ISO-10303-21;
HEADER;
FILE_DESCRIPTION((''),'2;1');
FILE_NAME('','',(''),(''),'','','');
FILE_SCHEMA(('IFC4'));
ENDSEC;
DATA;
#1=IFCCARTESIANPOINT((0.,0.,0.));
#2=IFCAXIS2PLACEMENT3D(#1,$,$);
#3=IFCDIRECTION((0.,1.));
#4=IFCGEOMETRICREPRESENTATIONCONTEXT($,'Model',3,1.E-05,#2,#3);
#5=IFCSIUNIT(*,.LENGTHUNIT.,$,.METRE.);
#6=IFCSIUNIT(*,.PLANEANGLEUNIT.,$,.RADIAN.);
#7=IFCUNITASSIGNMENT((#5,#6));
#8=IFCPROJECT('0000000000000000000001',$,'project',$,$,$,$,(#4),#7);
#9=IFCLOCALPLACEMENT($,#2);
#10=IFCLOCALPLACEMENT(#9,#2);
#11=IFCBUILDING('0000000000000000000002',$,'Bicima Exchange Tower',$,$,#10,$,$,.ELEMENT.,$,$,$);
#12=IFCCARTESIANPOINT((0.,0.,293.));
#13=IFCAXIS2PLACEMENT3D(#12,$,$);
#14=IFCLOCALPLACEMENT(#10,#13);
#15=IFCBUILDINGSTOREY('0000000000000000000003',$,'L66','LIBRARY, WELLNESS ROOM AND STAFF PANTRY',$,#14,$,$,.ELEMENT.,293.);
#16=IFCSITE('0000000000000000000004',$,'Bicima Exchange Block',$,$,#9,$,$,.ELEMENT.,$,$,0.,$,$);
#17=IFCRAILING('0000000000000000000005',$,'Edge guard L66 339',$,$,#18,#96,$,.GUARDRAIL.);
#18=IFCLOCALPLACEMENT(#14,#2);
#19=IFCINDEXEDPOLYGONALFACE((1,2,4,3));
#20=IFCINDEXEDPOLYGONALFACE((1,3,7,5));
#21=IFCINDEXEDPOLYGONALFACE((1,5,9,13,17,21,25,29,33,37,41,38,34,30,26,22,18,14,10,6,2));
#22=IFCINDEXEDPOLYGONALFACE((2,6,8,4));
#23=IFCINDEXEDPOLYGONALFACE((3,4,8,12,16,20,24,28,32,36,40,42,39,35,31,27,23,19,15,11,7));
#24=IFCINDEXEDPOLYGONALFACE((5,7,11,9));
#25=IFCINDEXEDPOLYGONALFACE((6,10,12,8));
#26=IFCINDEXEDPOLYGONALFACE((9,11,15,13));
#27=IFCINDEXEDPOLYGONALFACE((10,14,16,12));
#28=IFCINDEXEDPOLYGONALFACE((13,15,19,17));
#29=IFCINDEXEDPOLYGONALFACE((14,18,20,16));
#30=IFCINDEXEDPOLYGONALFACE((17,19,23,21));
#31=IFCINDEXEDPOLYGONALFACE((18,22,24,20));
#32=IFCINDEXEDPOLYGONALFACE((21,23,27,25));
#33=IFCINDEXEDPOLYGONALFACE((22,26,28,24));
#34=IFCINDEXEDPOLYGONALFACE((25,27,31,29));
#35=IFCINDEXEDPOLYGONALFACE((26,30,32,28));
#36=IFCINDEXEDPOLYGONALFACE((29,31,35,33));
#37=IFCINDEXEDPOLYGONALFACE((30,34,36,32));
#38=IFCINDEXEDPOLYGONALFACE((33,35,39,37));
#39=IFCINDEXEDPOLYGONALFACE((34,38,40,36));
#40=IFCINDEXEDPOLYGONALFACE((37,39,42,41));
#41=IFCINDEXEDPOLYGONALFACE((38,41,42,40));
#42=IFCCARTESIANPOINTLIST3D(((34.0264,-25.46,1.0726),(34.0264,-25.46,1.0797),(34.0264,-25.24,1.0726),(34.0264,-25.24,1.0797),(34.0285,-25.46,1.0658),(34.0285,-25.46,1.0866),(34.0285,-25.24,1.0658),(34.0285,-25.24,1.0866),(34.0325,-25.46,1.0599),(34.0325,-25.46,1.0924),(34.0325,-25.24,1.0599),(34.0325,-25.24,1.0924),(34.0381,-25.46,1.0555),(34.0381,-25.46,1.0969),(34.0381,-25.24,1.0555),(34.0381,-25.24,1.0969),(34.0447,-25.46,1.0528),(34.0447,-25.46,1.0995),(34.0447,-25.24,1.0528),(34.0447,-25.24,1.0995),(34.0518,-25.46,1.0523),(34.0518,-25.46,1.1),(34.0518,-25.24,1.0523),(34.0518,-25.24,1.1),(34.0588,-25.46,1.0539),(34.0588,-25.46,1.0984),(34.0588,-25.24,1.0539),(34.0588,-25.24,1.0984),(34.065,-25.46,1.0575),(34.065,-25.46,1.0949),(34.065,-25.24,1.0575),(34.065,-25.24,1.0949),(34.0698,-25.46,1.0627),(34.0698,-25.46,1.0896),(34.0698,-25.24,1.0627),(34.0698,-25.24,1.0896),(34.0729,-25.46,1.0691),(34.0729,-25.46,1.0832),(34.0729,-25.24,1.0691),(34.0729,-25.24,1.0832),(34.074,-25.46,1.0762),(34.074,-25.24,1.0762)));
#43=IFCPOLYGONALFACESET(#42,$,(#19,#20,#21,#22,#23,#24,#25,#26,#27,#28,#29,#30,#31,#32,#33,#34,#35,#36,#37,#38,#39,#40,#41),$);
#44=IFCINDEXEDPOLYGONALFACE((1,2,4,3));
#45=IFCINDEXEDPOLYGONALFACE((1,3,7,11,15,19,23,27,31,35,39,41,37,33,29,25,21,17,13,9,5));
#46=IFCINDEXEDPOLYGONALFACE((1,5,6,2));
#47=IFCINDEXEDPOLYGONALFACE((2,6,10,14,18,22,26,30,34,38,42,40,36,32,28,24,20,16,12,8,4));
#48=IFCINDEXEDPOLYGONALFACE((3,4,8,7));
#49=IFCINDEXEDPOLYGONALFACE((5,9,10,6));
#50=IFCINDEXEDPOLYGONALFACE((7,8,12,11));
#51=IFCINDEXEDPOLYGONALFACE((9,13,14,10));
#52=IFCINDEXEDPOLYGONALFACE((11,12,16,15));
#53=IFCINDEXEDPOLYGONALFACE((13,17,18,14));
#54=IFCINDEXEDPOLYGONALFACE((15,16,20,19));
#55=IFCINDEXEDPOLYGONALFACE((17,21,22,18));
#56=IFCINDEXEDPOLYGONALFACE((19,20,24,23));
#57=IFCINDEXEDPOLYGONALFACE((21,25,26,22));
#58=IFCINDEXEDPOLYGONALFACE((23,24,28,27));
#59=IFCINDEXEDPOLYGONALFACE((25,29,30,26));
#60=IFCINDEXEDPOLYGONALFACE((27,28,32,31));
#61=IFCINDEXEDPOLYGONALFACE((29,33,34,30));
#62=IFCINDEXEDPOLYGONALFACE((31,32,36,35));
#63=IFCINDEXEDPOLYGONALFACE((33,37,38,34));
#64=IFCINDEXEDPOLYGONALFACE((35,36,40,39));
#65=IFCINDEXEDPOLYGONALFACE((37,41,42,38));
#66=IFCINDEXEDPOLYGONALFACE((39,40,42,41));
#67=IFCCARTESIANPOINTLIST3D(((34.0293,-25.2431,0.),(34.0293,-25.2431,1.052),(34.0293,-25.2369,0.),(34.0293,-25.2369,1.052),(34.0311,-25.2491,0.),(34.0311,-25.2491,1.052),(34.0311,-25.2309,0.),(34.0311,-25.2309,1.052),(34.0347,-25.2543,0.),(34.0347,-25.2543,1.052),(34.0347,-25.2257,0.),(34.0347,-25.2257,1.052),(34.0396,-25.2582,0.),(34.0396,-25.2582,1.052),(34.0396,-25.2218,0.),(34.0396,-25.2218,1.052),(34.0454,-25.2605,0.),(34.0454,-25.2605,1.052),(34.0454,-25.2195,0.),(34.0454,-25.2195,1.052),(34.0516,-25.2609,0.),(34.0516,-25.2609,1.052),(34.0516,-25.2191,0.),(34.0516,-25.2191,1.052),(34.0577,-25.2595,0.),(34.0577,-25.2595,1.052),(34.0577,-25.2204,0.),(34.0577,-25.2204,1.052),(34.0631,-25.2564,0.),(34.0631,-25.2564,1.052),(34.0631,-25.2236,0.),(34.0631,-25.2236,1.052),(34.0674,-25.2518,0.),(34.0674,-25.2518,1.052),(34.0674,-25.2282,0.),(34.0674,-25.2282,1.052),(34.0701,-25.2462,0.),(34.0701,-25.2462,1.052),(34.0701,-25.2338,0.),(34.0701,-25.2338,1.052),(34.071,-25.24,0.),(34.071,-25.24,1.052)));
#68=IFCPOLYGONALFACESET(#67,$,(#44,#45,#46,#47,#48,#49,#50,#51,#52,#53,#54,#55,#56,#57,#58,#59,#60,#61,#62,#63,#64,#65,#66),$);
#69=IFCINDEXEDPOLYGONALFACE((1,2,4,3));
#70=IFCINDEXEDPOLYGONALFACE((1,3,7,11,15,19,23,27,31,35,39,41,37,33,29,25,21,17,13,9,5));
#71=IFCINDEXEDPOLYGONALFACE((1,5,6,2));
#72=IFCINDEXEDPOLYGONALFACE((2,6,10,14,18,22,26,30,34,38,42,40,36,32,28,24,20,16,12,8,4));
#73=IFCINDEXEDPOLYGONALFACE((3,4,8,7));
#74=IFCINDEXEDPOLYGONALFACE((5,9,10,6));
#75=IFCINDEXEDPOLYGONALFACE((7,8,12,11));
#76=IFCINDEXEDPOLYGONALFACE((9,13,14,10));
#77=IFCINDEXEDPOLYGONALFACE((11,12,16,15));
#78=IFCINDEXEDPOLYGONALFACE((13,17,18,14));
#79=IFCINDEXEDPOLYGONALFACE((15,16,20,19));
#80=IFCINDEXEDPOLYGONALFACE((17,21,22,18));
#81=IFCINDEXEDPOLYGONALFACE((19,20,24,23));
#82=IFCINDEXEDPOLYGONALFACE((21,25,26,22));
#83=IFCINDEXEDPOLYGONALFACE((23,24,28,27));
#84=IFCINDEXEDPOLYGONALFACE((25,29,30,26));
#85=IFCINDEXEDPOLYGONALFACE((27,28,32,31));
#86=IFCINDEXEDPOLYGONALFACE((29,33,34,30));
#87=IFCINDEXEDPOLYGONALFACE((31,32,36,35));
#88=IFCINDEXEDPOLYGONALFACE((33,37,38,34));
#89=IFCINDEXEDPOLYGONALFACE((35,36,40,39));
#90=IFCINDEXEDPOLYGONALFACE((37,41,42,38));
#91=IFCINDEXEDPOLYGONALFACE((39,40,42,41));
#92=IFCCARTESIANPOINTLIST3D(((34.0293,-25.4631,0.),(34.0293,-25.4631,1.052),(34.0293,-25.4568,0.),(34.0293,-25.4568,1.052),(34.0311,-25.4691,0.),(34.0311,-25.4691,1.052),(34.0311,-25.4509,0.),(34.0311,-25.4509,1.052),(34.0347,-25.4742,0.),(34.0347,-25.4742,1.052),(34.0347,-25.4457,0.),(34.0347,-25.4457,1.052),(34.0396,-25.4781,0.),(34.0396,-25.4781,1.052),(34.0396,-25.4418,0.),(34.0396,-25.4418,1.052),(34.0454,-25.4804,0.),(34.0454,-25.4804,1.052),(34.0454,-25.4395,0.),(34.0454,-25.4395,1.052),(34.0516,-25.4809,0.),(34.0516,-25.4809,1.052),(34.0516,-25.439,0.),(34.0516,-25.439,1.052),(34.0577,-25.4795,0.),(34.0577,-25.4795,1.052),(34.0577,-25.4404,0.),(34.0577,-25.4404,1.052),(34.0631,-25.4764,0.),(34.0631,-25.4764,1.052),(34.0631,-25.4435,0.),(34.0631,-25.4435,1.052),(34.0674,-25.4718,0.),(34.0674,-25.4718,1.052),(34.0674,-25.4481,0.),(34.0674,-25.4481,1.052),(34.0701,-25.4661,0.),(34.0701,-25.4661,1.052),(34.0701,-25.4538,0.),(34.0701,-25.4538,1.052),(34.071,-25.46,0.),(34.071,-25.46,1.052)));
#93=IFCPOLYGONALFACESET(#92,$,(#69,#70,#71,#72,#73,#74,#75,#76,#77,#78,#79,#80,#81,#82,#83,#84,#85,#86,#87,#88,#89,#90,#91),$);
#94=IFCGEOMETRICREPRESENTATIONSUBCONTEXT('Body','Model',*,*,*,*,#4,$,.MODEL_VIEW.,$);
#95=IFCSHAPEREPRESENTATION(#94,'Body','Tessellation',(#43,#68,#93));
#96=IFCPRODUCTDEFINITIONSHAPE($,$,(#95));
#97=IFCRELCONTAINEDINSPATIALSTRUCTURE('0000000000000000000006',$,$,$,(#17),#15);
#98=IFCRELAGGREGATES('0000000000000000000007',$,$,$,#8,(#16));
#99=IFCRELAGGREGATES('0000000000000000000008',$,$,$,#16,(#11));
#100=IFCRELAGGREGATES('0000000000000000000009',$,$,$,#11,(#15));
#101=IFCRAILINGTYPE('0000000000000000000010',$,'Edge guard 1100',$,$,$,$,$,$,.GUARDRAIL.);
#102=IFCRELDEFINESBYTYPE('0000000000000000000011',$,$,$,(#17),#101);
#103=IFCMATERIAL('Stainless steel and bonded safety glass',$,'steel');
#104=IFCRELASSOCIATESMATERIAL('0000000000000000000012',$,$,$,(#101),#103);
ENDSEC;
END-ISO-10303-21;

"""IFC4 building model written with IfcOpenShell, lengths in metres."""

from ifc_helpers import new_model, si_unit, direction, frame, origin, origin_2d, place, context, subcontext, project, spatial, circle, extrude, material, type_object, element, save


model = new_model("IFC4")

# Units and contexts
model_context = context("Model", 3, precision=1e-05, world=origin(), true_north=direction((0.0, 1.0)))
body_context = subcontext(model_context, "Body", "Model", "MODEL_VIEW")
ifc_project = project(units=[si_unit("LENGTHUNIT", "METRE"), si_unit("PLANEANGLEUNIT", "RADIAN")], contexts=[model_context])

# Site, building, storey
site_placement = place(None, origin())
site = spatial("IfcSite", under=ifc_project, at=site_placement, Name="Bicima Exchange Block", CompositionType="ELEMENT", RefElevation=0.0)
building_placement = place(site_placement, origin())
building = spatial("IfcBuilding", under=site, at=building_placement, Name="Bicima Exchange Tower", CompositionType="ELEMENT")
storey_placement = place(building_placement, frame((0.0, 0.0, 293.0)))
storey = spatial("IfcBuildingStorey", under=building, at=storey_placement, Name="L66", Description="LIBRARY, WELLNESS ROOM AND STAFF PANTRY", CompositionType="ELEMENT", Elevation=293.0)

# Railing
ifc_material_1 = material(Name="Stainless steel and bonded safety glass", Category="steel")
railing_type = type_object("IfcRailingType", Name="Edge guard 1100", PredefinedType="GUARDRAIL", material=ifc_material_1)
railing_1_placement = place(storey_placement, frame((34.05, -25.24, 0.0)))
element("IfcRailing", 1, at=railing_1_placement, inside=storey, type_object=railing_type, Name="Edge guard L66 339", PredefinedType="GUARDRAIL", context=body_context, shape_type="SweptSolid", body=[
    extrude(circle(Radius=0.0239, at=origin_2d()), frame((0.0, 0.0, 1.0762), z_axis=(0.0, -1.0, 0.0), x_axis=(1.0, 0.0, 0.0)), (0.0, 0.0, 1.0), 0.22),
    extrude(circle(Radius=0.021, at=origin_2d()), origin(), (0.0, 0.0, 1.0), 1.052),
    extrude(circle(Radius=0.021, at=origin_2d()), frame((0.0, -0.22, 0.0)), (0.0, 0.0, 1.0), 1.052),
])

save(model, "model.ifc")
